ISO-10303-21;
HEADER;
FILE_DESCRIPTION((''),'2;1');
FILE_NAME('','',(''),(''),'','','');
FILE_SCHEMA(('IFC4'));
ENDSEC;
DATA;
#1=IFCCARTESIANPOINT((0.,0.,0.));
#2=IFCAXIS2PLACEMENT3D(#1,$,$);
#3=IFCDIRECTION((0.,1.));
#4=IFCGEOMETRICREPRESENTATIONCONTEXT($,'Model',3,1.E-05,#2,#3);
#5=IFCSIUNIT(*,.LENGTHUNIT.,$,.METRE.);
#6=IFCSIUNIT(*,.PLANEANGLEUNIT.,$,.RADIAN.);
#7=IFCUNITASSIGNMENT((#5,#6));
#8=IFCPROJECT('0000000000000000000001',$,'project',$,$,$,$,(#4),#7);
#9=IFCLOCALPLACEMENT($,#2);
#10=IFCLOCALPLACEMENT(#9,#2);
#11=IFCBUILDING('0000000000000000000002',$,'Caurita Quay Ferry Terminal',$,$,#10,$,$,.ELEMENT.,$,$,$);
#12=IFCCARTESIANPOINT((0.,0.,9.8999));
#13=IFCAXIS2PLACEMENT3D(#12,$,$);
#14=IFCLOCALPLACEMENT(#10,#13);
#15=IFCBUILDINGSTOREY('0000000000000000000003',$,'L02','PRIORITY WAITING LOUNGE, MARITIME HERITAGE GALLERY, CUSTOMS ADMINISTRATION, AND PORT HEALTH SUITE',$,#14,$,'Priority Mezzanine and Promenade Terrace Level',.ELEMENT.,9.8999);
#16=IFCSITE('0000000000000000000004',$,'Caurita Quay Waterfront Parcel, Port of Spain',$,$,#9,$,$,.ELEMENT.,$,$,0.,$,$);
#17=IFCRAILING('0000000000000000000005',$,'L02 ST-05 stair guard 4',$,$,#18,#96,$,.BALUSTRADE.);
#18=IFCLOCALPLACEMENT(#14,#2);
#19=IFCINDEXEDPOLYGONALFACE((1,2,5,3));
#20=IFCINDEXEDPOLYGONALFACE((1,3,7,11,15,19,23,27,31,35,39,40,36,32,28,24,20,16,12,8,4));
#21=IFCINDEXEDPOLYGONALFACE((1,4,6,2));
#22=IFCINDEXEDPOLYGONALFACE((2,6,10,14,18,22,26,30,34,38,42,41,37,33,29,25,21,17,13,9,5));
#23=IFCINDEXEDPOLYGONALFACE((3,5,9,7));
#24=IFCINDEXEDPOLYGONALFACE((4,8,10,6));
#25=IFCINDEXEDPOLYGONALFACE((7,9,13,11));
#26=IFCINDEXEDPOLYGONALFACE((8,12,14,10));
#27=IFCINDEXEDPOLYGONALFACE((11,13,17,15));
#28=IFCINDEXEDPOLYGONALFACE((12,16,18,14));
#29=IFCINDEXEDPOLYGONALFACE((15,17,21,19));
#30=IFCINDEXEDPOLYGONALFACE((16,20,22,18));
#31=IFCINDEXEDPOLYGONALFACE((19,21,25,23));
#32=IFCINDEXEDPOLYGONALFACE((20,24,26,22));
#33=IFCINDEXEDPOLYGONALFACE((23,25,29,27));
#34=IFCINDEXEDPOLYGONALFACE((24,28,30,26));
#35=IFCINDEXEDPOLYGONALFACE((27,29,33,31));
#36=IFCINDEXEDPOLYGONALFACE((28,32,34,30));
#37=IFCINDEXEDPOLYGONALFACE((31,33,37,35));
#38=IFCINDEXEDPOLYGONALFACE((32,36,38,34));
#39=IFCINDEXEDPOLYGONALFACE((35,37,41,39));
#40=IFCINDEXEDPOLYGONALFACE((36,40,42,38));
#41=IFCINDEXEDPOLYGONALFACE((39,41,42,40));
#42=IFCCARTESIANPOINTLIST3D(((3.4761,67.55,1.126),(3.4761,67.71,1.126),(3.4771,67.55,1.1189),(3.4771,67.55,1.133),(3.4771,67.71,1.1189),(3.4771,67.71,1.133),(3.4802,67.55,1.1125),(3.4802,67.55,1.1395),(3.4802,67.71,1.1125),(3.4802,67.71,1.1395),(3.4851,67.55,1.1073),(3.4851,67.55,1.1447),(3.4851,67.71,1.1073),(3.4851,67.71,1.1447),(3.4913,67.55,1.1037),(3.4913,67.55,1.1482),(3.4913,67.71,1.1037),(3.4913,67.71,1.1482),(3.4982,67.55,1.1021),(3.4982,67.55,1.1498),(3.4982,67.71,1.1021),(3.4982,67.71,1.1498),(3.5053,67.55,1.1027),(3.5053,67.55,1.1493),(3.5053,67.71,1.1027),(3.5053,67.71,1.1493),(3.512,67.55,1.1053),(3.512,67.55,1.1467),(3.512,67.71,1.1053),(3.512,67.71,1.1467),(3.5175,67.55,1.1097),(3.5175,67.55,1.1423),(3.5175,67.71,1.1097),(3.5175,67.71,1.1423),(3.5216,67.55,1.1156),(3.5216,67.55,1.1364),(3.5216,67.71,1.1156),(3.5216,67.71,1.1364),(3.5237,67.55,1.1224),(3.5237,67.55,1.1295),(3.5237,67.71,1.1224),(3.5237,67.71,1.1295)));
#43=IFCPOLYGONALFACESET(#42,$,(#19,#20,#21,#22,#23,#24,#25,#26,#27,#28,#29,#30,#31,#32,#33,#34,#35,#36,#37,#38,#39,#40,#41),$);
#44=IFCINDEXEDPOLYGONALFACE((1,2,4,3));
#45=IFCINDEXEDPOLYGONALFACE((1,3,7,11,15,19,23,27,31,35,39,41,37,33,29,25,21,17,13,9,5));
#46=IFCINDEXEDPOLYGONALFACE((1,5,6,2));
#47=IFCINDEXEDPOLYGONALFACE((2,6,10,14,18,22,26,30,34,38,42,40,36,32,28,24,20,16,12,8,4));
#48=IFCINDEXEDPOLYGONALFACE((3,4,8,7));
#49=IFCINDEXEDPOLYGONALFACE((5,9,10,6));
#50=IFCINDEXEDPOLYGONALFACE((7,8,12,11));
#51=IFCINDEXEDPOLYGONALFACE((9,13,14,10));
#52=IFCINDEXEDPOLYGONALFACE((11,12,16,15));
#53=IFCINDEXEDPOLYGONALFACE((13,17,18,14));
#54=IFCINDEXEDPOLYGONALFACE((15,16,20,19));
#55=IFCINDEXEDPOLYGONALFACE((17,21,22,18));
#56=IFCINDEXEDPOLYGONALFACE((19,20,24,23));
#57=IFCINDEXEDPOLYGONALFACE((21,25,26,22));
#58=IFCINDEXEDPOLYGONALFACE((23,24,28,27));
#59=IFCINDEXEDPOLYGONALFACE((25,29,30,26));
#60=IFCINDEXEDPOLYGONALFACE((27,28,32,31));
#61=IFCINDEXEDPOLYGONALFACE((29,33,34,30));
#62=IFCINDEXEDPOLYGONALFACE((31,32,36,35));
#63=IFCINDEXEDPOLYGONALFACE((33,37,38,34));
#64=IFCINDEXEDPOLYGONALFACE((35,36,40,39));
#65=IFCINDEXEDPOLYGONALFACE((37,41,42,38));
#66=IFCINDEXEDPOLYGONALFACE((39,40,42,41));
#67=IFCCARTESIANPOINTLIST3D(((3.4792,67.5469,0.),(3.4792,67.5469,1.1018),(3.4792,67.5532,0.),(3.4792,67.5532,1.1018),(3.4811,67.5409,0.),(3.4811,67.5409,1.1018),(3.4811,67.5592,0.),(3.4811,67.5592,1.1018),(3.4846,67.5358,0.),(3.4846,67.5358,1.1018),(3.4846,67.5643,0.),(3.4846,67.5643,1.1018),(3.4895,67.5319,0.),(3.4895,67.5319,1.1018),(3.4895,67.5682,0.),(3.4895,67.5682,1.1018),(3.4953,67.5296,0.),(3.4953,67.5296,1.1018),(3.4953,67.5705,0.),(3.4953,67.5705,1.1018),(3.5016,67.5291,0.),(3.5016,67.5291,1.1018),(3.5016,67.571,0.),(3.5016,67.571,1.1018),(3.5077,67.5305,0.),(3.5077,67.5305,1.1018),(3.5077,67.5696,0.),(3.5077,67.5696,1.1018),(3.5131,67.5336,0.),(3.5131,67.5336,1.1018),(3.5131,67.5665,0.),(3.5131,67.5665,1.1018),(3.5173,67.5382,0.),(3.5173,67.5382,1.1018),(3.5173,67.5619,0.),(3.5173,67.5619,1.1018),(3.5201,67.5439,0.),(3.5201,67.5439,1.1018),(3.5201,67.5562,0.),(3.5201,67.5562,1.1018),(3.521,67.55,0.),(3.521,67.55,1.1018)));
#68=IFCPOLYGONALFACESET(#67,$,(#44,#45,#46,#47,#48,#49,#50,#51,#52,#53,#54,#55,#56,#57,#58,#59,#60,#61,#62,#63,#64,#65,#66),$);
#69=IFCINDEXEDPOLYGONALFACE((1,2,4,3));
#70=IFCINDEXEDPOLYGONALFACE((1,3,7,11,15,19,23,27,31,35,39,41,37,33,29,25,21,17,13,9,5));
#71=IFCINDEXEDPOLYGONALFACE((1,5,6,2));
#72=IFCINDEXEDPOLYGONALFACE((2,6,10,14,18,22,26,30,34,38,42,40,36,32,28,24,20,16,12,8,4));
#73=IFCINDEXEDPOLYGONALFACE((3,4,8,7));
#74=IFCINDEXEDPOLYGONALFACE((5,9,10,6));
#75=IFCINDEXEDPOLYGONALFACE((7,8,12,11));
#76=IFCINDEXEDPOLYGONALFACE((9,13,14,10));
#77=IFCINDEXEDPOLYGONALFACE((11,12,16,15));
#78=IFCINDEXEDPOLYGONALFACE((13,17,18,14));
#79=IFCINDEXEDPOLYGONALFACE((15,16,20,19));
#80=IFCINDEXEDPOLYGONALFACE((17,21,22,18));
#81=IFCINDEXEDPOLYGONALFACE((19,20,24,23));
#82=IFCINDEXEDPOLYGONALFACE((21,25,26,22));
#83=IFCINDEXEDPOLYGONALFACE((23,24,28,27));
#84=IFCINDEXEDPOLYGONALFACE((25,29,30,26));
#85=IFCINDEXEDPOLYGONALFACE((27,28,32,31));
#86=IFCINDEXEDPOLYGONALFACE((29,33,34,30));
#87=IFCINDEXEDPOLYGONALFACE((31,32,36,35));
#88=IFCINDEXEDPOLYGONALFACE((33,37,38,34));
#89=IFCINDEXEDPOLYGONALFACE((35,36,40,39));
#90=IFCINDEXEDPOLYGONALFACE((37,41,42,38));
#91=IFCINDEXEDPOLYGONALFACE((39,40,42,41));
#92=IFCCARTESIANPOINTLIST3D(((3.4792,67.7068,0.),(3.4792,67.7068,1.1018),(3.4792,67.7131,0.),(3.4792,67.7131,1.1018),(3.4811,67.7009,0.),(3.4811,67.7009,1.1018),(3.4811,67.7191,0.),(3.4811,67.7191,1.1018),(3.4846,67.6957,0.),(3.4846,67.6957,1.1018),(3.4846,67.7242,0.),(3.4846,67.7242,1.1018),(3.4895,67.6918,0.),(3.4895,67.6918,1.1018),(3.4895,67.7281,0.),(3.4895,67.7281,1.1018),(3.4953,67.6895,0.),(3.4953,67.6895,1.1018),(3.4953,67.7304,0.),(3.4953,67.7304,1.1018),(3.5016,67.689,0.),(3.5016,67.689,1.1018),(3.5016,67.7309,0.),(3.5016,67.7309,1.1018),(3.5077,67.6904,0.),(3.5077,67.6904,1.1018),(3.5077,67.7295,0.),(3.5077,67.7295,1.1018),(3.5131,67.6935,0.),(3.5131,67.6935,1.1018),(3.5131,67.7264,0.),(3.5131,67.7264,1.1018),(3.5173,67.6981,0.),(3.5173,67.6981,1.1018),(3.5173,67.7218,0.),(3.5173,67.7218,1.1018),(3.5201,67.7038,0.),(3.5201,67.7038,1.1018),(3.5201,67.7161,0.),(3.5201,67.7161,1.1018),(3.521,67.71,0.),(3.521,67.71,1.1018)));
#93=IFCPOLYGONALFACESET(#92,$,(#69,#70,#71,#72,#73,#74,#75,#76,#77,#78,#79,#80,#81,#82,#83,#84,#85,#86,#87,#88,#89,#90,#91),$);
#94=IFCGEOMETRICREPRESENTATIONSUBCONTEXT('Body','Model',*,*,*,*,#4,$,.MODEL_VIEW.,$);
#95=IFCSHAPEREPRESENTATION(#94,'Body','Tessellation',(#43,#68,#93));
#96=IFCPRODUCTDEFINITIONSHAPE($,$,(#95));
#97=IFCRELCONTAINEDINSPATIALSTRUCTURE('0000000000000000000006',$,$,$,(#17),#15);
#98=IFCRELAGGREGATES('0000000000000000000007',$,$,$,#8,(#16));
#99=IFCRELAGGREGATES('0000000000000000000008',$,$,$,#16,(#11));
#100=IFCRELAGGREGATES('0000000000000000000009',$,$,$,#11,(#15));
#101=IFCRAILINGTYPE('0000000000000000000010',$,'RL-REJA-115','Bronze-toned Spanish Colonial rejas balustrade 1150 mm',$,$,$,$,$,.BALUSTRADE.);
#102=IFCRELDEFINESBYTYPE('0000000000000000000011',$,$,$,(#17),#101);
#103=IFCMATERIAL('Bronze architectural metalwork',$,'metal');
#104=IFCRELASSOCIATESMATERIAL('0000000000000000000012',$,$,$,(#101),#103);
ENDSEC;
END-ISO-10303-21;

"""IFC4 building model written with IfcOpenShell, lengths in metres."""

from ifc_helpers import new_model, si_unit, direction, frame, origin, origin_2d, place, context, subcontext, project, spatial, circle, extrude, material, type_object, element, save


model = new_model("IFC4")

# Units and contexts
model_context = context("Model", 3, precision=1e-05, world=origin(), true_north=direction((0.0, 1.0)))
body_context = subcontext(model_context, "Body", "Model", "MODEL_VIEW")
ifc_project = project(units=[si_unit("LENGTHUNIT", "METRE"), si_unit("PLANEANGLEUNIT", "RADIAN")], contexts=[model_context])

# Site, building, storey
site_placement = place(None, origin())
site = spatial("IfcSite", under=ifc_project, at=site_placement, Name="Caurita Quay Waterfront Parcel, Port of Spain", CompositionType="ELEMENT", RefElevation=0.0)
building_placement = place(site_placement, origin())
building = spatial("IfcBuilding", under=site, at=building_placement, Name="Caurita Quay Ferry Terminal", CompositionType="ELEMENT")
storey_placement = place(building_placement, frame((0.0, 0.0, 9.8999)))
storey = spatial("IfcBuildingStorey", under=building, at=storey_placement, Name="L02", Description="PRIORITY WAITING LOUNGE, MARITIME HERITAGE GALLERY, CUSTOMS ADMINISTRATION, AND PORT HEALTH SUITE", LongName="Priority Mezzanine and Promenade Terrace Level", CompositionType="ELEMENT", Elevation=9.8999)

# Railing
ifc_material_1 = material(Name="Bronze architectural metalwork", Category="metal")
railing_type_1 = type_object("IfcRailingType", Name="RL-REJA-115", Description="Bronze-toned Spanish Colonial rejas balustrade 1150 mm", PredefinedType="BALUSTRADE", material=ifc_material_1)
railing_1_placement = place(storey_placement, frame((3.5, 67.55, 0.0)))
element("IfcRailing", 1, at=railing_1_placement, inside=storey, type_object=railing_type_1, Name="L02 ST-05 stair guard 4", PredefinedType="BALUSTRADE", context=body_context, shape_type="SweptSolid", body=[
    extrude(circle(Radius=0.0239, at=origin_2d()), frame((0.0, 0.0, 1.126), z_axis=(0.0, 1.0, 0.0), x_axis=(-1.0, 0.0, 0.0)), (0.0, 0.0, 1.0), 0.1599),
    extrude(circle(Radius=0.021, at=origin_2d()), origin(), (0.0, 0.0, 1.0), 1.1018),
    extrude(circle(Radius=0.021, at=origin_2d()), frame((0.0, 0.1599, 0.0)), (0.0, 0.0, 1.0), 1.1018),
])

save(model, "model.ifc")
